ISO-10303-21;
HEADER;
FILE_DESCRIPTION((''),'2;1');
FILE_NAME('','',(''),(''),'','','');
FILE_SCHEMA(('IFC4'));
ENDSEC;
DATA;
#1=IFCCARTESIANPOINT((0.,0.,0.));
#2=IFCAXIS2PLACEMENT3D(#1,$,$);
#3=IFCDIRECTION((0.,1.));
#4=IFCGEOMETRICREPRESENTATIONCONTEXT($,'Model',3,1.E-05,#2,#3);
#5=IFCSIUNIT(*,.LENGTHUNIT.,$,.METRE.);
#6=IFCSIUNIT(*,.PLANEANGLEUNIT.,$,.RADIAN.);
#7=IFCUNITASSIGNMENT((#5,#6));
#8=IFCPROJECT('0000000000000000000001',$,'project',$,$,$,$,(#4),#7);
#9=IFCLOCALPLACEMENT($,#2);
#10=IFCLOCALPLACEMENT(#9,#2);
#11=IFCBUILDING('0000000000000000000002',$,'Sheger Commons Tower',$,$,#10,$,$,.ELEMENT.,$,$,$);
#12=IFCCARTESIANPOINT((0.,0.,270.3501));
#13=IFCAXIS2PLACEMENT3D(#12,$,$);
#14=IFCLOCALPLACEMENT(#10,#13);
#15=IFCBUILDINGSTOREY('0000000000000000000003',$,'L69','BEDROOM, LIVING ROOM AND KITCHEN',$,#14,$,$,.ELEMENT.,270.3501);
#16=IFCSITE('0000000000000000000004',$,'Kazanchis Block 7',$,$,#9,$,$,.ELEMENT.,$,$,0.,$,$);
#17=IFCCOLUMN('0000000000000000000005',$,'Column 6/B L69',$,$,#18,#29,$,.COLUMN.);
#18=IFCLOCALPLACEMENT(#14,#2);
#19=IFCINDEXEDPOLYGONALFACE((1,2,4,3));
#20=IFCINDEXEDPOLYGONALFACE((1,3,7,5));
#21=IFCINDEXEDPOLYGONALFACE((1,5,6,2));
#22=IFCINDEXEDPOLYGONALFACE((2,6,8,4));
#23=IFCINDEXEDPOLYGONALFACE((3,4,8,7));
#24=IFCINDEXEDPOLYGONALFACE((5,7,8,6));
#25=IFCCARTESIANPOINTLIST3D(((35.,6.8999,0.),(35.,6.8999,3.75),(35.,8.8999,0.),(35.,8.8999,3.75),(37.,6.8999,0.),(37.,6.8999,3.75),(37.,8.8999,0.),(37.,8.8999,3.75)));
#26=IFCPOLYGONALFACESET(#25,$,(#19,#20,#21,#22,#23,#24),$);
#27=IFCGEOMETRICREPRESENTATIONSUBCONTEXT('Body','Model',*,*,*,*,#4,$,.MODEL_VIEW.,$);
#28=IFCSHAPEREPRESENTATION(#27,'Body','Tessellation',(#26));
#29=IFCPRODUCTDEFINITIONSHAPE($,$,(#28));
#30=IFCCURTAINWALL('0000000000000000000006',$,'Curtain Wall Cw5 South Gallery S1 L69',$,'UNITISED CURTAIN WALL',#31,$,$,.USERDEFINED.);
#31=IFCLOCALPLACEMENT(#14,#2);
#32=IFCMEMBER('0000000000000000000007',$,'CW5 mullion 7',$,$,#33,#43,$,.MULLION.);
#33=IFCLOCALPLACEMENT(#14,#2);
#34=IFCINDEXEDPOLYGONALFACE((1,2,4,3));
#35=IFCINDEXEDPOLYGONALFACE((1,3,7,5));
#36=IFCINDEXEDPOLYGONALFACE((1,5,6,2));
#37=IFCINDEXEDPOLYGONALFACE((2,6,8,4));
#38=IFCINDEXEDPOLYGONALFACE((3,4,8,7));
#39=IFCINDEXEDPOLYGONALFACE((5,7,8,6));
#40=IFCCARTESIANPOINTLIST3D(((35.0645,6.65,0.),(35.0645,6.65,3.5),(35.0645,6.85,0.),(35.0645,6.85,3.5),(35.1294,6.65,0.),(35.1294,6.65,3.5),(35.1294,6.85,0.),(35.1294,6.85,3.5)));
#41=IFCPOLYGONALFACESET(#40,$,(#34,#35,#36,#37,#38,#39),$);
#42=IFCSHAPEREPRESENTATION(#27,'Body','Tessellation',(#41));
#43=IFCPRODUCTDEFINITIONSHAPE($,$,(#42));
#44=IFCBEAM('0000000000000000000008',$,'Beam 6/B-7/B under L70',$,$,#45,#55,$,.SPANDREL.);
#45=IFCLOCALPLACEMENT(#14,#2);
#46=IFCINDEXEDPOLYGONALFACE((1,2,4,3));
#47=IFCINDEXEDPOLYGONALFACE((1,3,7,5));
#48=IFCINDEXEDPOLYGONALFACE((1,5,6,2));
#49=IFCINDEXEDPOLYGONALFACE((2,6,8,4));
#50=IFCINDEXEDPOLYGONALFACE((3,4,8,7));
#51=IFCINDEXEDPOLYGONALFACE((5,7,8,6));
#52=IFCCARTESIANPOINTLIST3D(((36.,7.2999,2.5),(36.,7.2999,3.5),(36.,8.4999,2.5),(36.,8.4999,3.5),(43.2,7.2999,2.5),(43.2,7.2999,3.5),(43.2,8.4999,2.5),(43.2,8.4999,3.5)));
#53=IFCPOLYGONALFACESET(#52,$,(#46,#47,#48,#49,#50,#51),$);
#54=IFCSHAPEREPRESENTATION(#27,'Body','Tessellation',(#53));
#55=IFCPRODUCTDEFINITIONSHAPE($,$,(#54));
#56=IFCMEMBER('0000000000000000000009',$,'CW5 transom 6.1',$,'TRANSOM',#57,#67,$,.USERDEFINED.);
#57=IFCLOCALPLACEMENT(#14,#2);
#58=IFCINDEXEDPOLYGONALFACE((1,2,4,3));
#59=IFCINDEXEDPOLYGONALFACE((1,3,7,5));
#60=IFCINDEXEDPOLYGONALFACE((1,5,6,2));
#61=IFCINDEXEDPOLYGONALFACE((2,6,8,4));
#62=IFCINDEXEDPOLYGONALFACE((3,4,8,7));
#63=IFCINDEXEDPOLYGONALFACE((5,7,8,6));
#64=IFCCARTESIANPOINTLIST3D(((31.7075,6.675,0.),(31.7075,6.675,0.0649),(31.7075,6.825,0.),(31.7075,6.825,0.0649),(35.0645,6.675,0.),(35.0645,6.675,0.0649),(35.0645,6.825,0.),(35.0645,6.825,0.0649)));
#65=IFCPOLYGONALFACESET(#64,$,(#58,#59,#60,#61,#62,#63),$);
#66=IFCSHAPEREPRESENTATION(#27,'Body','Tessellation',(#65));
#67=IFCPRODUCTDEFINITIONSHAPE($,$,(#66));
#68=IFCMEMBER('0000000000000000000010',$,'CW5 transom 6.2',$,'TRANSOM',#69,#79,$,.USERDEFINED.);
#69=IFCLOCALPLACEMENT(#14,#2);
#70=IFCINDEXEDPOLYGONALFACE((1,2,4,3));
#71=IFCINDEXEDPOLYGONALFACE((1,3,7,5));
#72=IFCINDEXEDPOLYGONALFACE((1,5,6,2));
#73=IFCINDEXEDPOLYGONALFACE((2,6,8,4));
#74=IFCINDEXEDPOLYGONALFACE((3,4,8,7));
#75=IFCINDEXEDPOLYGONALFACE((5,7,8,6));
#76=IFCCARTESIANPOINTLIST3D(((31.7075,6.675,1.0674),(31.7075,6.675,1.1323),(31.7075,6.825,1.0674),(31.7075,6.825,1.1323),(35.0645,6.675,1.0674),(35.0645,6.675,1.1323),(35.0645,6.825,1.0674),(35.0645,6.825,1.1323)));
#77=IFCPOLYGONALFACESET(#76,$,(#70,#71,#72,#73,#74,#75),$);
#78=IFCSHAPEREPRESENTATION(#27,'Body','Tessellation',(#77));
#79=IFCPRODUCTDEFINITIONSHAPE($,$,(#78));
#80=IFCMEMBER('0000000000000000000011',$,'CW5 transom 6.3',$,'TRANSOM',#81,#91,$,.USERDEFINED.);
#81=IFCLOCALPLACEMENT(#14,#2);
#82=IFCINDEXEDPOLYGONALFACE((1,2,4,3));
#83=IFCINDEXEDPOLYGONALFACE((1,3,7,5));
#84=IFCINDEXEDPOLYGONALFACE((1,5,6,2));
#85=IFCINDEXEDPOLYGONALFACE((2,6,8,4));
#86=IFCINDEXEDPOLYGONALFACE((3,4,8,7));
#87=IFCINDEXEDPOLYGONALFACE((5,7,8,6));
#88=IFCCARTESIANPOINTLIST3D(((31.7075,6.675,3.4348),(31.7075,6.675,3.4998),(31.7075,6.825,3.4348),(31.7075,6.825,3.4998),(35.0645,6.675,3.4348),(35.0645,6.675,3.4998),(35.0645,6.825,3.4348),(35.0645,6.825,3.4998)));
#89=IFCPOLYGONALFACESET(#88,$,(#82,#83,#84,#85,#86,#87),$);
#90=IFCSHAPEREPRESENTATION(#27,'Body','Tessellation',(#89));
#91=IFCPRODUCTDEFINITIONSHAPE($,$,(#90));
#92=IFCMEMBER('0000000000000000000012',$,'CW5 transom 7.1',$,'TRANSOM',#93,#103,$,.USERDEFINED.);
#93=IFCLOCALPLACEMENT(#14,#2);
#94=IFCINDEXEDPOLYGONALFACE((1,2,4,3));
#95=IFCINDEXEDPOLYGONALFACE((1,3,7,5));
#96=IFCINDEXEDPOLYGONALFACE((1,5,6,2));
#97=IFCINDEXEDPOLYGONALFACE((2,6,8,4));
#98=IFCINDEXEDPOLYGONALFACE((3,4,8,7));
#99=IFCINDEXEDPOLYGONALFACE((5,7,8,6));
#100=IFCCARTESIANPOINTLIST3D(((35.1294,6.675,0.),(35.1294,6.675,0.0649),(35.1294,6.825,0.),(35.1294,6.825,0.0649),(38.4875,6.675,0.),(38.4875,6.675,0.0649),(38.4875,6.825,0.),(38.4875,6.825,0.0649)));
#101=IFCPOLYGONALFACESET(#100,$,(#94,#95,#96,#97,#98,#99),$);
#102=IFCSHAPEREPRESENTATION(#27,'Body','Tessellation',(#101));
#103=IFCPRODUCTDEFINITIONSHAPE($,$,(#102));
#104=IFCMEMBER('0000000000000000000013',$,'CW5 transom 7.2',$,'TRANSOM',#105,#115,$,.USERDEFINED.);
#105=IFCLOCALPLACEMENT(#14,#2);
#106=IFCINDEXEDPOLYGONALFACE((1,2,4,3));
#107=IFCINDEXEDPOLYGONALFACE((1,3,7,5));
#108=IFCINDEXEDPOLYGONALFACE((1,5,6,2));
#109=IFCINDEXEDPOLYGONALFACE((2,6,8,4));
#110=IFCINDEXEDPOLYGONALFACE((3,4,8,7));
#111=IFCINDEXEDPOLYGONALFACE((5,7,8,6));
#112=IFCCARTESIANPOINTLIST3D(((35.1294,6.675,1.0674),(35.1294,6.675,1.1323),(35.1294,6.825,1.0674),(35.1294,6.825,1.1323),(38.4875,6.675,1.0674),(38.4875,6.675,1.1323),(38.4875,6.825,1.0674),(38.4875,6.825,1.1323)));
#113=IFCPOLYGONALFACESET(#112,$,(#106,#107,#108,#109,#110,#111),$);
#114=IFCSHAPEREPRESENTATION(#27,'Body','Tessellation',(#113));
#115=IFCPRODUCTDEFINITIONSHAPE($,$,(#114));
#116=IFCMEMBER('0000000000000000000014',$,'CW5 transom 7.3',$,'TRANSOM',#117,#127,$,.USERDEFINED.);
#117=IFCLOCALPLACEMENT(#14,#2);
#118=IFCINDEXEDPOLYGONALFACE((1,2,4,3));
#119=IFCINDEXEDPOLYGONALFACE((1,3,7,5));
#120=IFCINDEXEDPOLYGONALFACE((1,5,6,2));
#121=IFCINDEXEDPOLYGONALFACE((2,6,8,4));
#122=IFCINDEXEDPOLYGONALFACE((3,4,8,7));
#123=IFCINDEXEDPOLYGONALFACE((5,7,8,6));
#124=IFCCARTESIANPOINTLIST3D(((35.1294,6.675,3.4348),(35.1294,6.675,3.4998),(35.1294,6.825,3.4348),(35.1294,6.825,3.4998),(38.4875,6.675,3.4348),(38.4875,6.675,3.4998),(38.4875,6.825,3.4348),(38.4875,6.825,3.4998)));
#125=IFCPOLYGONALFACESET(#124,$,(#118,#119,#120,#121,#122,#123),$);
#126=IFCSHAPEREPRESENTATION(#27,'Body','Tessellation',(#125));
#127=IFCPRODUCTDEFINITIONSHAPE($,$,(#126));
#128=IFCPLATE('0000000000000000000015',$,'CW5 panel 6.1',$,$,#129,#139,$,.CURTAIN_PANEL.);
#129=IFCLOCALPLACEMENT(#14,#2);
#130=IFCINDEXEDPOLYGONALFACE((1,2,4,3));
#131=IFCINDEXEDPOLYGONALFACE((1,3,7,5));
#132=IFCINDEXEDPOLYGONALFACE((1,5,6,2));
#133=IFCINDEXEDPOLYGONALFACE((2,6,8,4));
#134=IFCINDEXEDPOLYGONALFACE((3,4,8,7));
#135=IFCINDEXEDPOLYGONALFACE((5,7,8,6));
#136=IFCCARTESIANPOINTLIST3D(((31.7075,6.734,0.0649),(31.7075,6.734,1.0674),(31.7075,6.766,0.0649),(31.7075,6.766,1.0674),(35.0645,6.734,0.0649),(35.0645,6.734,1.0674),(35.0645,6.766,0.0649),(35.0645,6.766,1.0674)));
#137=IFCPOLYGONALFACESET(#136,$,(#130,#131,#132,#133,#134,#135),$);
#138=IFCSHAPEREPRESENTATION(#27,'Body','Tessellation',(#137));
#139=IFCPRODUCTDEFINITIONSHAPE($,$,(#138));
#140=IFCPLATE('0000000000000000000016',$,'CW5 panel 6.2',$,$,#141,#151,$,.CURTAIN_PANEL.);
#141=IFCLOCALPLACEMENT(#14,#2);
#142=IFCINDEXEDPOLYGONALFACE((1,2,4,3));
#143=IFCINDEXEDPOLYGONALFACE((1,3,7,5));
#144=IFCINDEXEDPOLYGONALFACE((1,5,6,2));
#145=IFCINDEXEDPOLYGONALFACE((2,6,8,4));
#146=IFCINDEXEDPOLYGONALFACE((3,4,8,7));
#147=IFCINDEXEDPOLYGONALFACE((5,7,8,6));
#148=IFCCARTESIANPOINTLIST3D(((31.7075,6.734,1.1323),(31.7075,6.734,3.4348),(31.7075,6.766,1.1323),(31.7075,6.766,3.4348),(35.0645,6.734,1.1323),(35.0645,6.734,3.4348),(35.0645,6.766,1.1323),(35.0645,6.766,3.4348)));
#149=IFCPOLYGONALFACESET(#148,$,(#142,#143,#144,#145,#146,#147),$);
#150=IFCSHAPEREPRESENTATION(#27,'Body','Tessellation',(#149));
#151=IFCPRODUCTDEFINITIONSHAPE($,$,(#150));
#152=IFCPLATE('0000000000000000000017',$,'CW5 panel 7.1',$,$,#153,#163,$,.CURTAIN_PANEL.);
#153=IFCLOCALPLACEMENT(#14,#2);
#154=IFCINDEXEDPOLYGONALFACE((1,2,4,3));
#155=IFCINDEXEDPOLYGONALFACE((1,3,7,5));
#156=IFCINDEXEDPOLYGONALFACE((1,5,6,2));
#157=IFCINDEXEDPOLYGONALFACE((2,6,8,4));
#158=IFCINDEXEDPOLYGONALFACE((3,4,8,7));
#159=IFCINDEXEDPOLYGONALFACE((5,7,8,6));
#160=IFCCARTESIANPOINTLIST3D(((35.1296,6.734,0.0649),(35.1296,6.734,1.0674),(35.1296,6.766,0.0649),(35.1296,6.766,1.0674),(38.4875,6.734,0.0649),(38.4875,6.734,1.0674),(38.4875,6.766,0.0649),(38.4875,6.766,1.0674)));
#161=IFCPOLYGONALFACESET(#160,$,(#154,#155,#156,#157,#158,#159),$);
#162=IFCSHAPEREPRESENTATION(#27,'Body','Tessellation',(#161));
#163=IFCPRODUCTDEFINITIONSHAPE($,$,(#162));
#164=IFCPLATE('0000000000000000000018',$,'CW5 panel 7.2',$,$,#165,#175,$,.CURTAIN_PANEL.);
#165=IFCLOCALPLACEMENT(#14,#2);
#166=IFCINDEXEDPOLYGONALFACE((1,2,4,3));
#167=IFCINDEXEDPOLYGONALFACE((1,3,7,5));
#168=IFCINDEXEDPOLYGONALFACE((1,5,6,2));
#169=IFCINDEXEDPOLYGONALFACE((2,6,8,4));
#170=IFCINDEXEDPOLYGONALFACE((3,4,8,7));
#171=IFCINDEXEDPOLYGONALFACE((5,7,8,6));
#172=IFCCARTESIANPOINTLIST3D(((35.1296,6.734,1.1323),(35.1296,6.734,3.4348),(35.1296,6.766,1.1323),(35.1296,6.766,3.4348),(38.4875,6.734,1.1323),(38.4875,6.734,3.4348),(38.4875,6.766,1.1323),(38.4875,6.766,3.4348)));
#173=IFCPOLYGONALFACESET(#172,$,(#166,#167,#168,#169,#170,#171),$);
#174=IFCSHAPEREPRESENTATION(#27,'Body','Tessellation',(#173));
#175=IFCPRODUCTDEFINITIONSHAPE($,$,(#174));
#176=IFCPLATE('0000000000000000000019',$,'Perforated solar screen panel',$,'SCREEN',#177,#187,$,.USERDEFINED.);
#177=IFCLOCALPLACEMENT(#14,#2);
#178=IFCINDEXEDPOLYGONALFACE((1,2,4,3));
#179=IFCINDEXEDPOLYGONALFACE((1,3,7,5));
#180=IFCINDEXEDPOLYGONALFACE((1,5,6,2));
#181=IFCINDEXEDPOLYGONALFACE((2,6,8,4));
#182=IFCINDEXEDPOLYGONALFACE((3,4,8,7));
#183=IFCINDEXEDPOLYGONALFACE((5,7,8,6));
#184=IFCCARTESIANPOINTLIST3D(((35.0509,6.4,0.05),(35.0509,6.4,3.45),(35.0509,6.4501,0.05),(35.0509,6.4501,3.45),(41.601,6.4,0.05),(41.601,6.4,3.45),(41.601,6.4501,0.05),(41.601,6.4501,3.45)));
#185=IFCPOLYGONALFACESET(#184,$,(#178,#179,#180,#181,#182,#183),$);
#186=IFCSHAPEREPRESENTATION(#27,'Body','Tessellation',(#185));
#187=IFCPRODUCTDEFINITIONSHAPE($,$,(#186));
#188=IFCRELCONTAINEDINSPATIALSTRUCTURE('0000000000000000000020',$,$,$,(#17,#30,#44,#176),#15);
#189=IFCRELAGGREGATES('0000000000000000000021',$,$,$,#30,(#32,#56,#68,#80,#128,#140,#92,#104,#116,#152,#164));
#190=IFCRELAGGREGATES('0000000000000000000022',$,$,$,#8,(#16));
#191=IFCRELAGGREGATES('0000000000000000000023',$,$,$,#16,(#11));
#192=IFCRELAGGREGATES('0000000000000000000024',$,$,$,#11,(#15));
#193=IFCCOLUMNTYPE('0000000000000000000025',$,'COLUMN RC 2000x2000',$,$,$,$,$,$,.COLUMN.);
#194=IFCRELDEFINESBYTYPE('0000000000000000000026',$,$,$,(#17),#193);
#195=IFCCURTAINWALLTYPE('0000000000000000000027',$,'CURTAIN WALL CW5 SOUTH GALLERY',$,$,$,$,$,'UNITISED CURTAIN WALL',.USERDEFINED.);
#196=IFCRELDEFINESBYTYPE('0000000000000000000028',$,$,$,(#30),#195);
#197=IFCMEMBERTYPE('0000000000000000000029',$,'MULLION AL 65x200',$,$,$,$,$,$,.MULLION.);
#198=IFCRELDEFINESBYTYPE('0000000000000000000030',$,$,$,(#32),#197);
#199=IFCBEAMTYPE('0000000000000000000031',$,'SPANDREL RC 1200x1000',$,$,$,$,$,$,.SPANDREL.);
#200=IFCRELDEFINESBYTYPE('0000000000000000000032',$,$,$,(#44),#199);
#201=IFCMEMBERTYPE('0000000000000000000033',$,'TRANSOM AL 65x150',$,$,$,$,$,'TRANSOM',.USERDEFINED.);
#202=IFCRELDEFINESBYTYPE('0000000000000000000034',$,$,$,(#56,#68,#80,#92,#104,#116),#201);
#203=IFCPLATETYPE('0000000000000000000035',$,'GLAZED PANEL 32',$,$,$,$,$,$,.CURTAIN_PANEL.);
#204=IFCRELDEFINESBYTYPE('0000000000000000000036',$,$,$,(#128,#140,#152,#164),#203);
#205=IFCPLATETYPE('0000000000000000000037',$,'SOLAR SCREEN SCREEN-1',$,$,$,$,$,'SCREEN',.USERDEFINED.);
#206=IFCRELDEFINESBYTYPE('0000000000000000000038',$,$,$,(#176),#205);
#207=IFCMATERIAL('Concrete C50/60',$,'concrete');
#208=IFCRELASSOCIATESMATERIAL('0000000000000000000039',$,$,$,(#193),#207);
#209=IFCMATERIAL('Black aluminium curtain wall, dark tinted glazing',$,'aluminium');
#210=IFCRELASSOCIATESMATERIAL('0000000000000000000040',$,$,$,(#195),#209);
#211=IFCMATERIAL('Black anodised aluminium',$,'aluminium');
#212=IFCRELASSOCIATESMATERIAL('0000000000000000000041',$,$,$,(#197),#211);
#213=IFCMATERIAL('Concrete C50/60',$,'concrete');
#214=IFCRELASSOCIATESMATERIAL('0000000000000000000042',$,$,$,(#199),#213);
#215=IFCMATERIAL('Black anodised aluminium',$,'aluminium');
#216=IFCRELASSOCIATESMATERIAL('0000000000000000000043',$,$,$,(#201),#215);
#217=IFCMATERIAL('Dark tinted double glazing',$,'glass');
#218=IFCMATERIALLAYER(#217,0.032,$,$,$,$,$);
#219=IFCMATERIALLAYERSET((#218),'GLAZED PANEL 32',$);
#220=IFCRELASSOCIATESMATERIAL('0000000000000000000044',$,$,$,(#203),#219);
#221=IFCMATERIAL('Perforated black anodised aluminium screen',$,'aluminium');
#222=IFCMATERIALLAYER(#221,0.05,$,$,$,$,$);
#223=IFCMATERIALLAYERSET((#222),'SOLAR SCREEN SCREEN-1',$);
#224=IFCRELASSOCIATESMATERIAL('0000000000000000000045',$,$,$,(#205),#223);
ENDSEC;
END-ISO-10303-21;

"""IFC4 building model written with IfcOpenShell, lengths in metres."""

from ifc_helpers import new_model, si_unit, direction, frame, origin, origin_2d, place, context, subcontext, project, spatial, rectangle, extrude, material, layer, layer_set, material_profile, profile_set, type_object, element, aggregate, save


model = new_model("IFC4")

# Units and contexts
model_context = context("Model", 3, precision=1e-05, world=origin(), true_north=direction((0.0, 1.0)))
body_context = subcontext(model_context, "Body", "Model", "MODEL_VIEW")
ifc_project = project(units=[si_unit("LENGTHUNIT", "METRE"), si_unit("PLANEANGLEUNIT", "RADIAN")], contexts=[model_context])

# Site, building, storey
site_placement = place(None, origin())
site = spatial("IfcSite", under=ifc_project, at=site_placement, Name="Kazanchis Block 7", CompositionType="ELEMENT", RefElevation=0.0)
building_placement = place(site_placement, origin())
building = spatial("IfcBuilding", under=site, at=building_placement, Name="Sheger Commons Tower", CompositionType="ELEMENT")
storey_placement = place(building_placement, frame((0.0, 0.0, 270.3501)))
storey = spatial("IfcBuildingStorey", under=building, at=storey_placement, Name="L69", Description="BEDROOM, LIVING ROOM AND KITCHEN", CompositionType="ELEMENT", Elevation=270.3501)

# Column
ifc_material_1 = material(Name="Concrete C50/60", Category="concrete")
ifc_material_profile_1 = material_profile(ifc_material_1, rectangle(XDim=2.0, YDim=2.0, at=origin_2d()), Name="RC 2000x2000")
ifc_profile_set_1 = profile_set([ifc_material_profile_1], Name="Concrete C50/60")
column_type = type_object("IfcColumnType", Name="COLUMN RC 2000x2000", PredefinedType="COLUMN", material=ifc_profile_set_1)
column_placement = place(storey_placement, frame((36.0, 7.8999, 0.0), z_axis=(0.0, 0.0, 1.0), x_axis=(1.0, 0.0, 0.0)))
element("IfcColumn", 1, at=column_placement, inside=storey, type_object=column_type, Name="Column 6/B L69", PredefinedType="COLUMN", context=body_context, shape_type="SweptSolid", body=[
    extrude(rectangle(XDim=2.0, YDim=2.0, at=origin_2d()), origin(), (0.0, 0.0, 1.0), 3.75),
])

# Curtain wall, member
ifc_material_2 = material(Name="Black aluminium curtain wall, dark tinted glazing", Category="aluminium")
curtain_wall_type = type_object("IfcCurtainWallType", Name="CURTAIN WALL CW5 SOUTH GALLERY", ElementType="UNITISED CURTAIN WALL", PredefinedType="USERDEFINED", material=ifc_material_2)
curtain_wall_placement = place(storey_placement, origin())
curtain_wall = element("IfcCurtainWall", 2, at=curtain_wall_placement, inside=storey, type_object=curtain_wall_type, Name="Curtain Wall Cw5 South Gallery S1 L69", ObjectType="UNITISED CURTAIN WALL", PredefinedType="USERDEFINED")
ifc_material_3 = material(Name="Black anodised aluminium", Category="aluminium")
ifc_material_profile_2 = material_profile(ifc_material_3, rectangle(XDim=0.2, YDim=0.0649, at=origin_2d()), Name="AL 65x200")
ifc_profile_set_2 = profile_set([ifc_material_profile_2], Name="Black anodised aluminium")
member_type_1 = type_object("IfcMemberType", Name="MULLION AL 65x200", PredefinedType="MULLION", material=ifc_profile_set_2)
member_1_placement = place(storey_placement, frame((35.0969, 6.75, 0.0), z_axis=(0.0, 0.0, 1.0), x_axis=(0.0, 1.0, 0.0)))
member_1 = element("IfcMember", 3, at=member_1_placement, type_object=member_type_1, Name="CW5 mullion 7", PredefinedType="MULLION", context=body_context, shape_type="SweptSolid", body=[
    extrude(rectangle(XDim=0.2, YDim=0.0649, at=origin_2d()), origin(), (0.0, 0.0, 1.0), 3.5),
])

# Beam
ifc_material_4 = material(Name="Concrete C50/60", Category="concrete")
ifc_material_profile_3 = material_profile(ifc_material_4, rectangle(XDim=1.2, YDim=1.0, at=origin_2d()), Name="RC 1200x1000")
ifc_profile_set_3 = profile_set([ifc_material_profile_3], Name="Concrete C50/60")
beam_type = type_object("IfcBeamType", Name="SPANDREL RC 1200x1000", PredefinedType="SPANDREL", material=ifc_profile_set_3)
beam_placement = place(storey_placement, frame((36.0, 7.8999, 3.0), z_axis=(1.0, 0.0, 0.0), x_axis=(0.0, 1.0, 0.0)))
element("IfcBeam", 4, at=beam_placement, inside=storey, type_object=beam_type, Name="Beam 6/B-7/B under L70", PredefinedType="SPANDREL", context=body_context, shape_type="SweptSolid", body=[
    extrude(rectangle(XDim=1.2, YDim=1.0, at=origin_2d()), origin(), (0.0, 0.0, 1.0), 7.2),
])

# Members
ifc_material_5 = material(Name="Black anodised aluminium", Category="aluminium")
ifc_material_profile_4 = material_profile(ifc_material_5, rectangle(XDim=0.1499, YDim=0.0649, at=origin_2d()), Name="AL 65x150")
ifc_profile_set_4 = profile_set([ifc_material_profile_4], Name="Black anodised aluminium")
member_type_2 = type_object("IfcMemberType", Name="TRANSOM AL 65x150", ElementType="TRANSOM", PredefinedType="USERDEFINED", material=ifc_profile_set_4)
member_2_placement = place(storey_placement, frame((31.7075, 6.75, 0.0325), z_axis=(1.0, 0.0, 0.0), x_axis=(0.0, 1.0, 0.0)))
member_2 = element("IfcMember", 5, at=member_2_placement, type_object=member_type_2, Name="CW5 transom 6.1", ObjectType="TRANSOM", PredefinedType="USERDEFINED", context=body_context, shape_type="SweptSolid", body=[
    extrude(rectangle(XDim=0.1499, YDim=0.0649, at=origin_2d()), origin(), (0.0, 0.0, 1.0), 3.3569),
])
member_3_placement = place(storey_placement, frame((31.7075, 6.75, 1.0999), z_axis=(1.0, 0.0, 0.0), x_axis=(0.0, 1.0, 0.0)))
member_3 = element("IfcMember", 6, at=member_3_placement, type_object=member_type_2, Name="CW5 transom 6.2", ObjectType="TRANSOM", PredefinedType="USERDEFINED", context=body_context, shape_type="SweptSolid", body=[
    extrude(rectangle(XDim=0.1499, YDim=0.0649, at=origin_2d()), origin(), (0.0, 0.0, 1.0), 3.3569),
])
member_4_placement = place(storey_placement, frame((31.7075, 6.75, 3.4673), z_axis=(1.0, 0.0, 0.0), x_axis=(0.0, 1.0, 0.0)))
member_4 = element("IfcMember", 7, at=member_4_placement, type_object=member_type_2, Name="CW5 transom 6.3", ObjectType="TRANSOM", PredefinedType="USERDEFINED", context=body_context, shape_type="SweptSolid", body=[
    extrude(rectangle(XDim=0.1499, YDim=0.0649, at=origin_2d()), origin(), (0.0, 0.0, 1.0), 3.3569),
])
member_5_placement = place(storey_placement, frame((35.1294, 6.75, 0.0325), z_axis=(1.0, 0.0, 0.0), x_axis=(0.0, 1.0, 0.0)))
member_5 = element("IfcMember", 8, at=member_5_placement, type_object=member_type_2, Name="CW5 transom 7.1", ObjectType="TRANSOM", PredefinedType="USERDEFINED", context=body_context, shape_type="SweptSolid", body=[
    extrude(rectangle(XDim=0.1499, YDim=0.0649, at=origin_2d()), origin(), (0.0, 0.0, 1.0), 3.3582),
])
member_6_placement = place(storey_placement, frame((35.1294, 6.75, 1.0999), z_axis=(1.0, 0.0, 0.0), x_axis=(0.0, 1.0, 0.0)))
member_6 = element("IfcMember", 9, at=member_6_placement, type_object=member_type_2, Name="CW5 transom 7.2", ObjectType="TRANSOM", PredefinedType="USERDEFINED", context=body_context, shape_type="SweptSolid", body=[
    extrude(rectangle(XDim=0.1499, YDim=0.0649, at=origin_2d()), origin(), (0.0, 0.0, 1.0), 3.3582),
])
member_7_placement = place(storey_placement, frame((35.1294, 6.75, 3.4673), z_axis=(1.0, 0.0, 0.0), x_axis=(0.0, 1.0, 0.0)))
member_7 = element("IfcMember", 10, at=member_7_placement, type_object=member_type_2, Name="CW5 transom 7.3", ObjectType="TRANSOM", PredefinedType="USERDEFINED", context=body_context, shape_type="SweptSolid", body=[
    extrude(rectangle(XDim=0.1499, YDim=0.0649, at=origin_2d()), origin(), (0.0, 0.0, 1.0), 3.3582),
])

# Plates
ifc_material_6 = material(Name="Dark tinted double glazing", Category="glass")
ifc_layer_1 = layer(ifc_material_6, 0.032)
ifc_layer_set_1 = layer_set([ifc_layer_1], Name="GLAZED PANEL 32")
plate_type_1 = type_object("IfcPlateType", Name="GLAZED PANEL 32", PredefinedType="CURTAIN_PANEL", material=ifc_layer_set_1)
plate_1_placement = place(storey_placement, frame((33.386, 6.75, 0.0649), z_axis=(0.0, 0.0, 1.0), x_axis=(1.0, 0.0, 0.0)))
plate_1 = element("IfcPlate", 11, at=plate_1_placement, type_object=plate_type_1, Name="CW5 panel 6.1", PredefinedType="CURTAIN_PANEL", context=body_context, shape_type="SweptSolid", body=[
    extrude(rectangle(XDim=3.3569, YDim=0.032, at=origin_2d()), origin(), (0.0, 0.0, 1.0), 1.0024),
])
plate_2_placement = place(storey_placement, frame((33.386, 6.75, 1.1323), z_axis=(0.0, 0.0, 1.0), x_axis=(1.0, 0.0, 0.0)))
plate_2 = element("IfcPlate", 12, at=plate_2_placement, type_object=plate_type_1, Name="CW5 panel 6.2", PredefinedType="CURTAIN_PANEL", context=body_context, shape_type="SweptSolid", body=[
    extrude(rectangle(XDim=3.3569, YDim=0.032, at=origin_2d()), origin(), (0.0, 0.0, 1.0), 2.3025),
])
plate_3_placement = place(storey_placement, frame((36.8086, 6.75, 0.0649), z_axis=(0.0, 0.0, 1.0), x_axis=(1.0, 0.0, 0.0)))
plate_3 = element("IfcPlate", 13, at=plate_3_placement, type_object=plate_type_1, Name="CW5 panel 7.1", PredefinedType="CURTAIN_PANEL", context=body_context, shape_type="SweptSolid", body=[
    extrude(rectangle(XDim=3.3579, YDim=0.032, at=origin_2d()), origin(), (0.0, 0.0, 1.0), 1.0024),
])
plate_4_placement = place(storey_placement, frame((36.8086, 6.75, 1.1323), z_axis=(0.0, 0.0, 1.0), x_axis=(1.0, 0.0, 0.0)))
plate_4 = element("IfcPlate", 14, at=plate_4_placement, type_object=plate_type_1, Name="CW5 panel 7.2", PredefinedType="CURTAIN_PANEL", context=body_context, shape_type="SweptSolid", body=[
    extrude(rectangle(XDim=3.3579, YDim=0.032, at=origin_2d()), origin(), (0.0, 0.0, 1.0), 2.3025),
])
aggregate(curtain_wall, [member_1, member_2, member_3, member_4, plate_1, plate_2, member_5, member_6, member_7, plate_3, plate_4])
ifc_material_7 = material(Name="Perforated black anodised aluminium screen", Category="aluminium")
ifc_layer_2 = layer(ifc_material_7, 0.05)
ifc_layer_set_2 = layer_set([ifc_layer_2], Name="SOLAR SCREEN SCREEN-1")
plate_type_2 = type_object("IfcPlateType", Name="SOLAR SCREEN SCREEN-1", ElementType="SCREEN", PredefinedType="USERDEFINED", material=ifc_layer_set_2)
plate_5_placement = place(storey_placement, frame((38.3259, 6.425, 0.05), z_axis=(0.0, 0.0, 1.0), x_axis=(1.0, 0.0, 0.0)))
element("IfcPlate", 15, at=plate_5_placement, inside=storey, type_object=plate_type_2, Name="Perforated solar screen panel", ObjectType="SCREEN", PredefinedType="USERDEFINED", context=body_context, shape_type="SweptSolid", body=[
    extrude(rectangle(XDim=6.55, YDim=0.05, at=origin_2d()), origin(), (0.0, 0.0, 1.0), 3.3999),
])

save(model, "model.ifc")
